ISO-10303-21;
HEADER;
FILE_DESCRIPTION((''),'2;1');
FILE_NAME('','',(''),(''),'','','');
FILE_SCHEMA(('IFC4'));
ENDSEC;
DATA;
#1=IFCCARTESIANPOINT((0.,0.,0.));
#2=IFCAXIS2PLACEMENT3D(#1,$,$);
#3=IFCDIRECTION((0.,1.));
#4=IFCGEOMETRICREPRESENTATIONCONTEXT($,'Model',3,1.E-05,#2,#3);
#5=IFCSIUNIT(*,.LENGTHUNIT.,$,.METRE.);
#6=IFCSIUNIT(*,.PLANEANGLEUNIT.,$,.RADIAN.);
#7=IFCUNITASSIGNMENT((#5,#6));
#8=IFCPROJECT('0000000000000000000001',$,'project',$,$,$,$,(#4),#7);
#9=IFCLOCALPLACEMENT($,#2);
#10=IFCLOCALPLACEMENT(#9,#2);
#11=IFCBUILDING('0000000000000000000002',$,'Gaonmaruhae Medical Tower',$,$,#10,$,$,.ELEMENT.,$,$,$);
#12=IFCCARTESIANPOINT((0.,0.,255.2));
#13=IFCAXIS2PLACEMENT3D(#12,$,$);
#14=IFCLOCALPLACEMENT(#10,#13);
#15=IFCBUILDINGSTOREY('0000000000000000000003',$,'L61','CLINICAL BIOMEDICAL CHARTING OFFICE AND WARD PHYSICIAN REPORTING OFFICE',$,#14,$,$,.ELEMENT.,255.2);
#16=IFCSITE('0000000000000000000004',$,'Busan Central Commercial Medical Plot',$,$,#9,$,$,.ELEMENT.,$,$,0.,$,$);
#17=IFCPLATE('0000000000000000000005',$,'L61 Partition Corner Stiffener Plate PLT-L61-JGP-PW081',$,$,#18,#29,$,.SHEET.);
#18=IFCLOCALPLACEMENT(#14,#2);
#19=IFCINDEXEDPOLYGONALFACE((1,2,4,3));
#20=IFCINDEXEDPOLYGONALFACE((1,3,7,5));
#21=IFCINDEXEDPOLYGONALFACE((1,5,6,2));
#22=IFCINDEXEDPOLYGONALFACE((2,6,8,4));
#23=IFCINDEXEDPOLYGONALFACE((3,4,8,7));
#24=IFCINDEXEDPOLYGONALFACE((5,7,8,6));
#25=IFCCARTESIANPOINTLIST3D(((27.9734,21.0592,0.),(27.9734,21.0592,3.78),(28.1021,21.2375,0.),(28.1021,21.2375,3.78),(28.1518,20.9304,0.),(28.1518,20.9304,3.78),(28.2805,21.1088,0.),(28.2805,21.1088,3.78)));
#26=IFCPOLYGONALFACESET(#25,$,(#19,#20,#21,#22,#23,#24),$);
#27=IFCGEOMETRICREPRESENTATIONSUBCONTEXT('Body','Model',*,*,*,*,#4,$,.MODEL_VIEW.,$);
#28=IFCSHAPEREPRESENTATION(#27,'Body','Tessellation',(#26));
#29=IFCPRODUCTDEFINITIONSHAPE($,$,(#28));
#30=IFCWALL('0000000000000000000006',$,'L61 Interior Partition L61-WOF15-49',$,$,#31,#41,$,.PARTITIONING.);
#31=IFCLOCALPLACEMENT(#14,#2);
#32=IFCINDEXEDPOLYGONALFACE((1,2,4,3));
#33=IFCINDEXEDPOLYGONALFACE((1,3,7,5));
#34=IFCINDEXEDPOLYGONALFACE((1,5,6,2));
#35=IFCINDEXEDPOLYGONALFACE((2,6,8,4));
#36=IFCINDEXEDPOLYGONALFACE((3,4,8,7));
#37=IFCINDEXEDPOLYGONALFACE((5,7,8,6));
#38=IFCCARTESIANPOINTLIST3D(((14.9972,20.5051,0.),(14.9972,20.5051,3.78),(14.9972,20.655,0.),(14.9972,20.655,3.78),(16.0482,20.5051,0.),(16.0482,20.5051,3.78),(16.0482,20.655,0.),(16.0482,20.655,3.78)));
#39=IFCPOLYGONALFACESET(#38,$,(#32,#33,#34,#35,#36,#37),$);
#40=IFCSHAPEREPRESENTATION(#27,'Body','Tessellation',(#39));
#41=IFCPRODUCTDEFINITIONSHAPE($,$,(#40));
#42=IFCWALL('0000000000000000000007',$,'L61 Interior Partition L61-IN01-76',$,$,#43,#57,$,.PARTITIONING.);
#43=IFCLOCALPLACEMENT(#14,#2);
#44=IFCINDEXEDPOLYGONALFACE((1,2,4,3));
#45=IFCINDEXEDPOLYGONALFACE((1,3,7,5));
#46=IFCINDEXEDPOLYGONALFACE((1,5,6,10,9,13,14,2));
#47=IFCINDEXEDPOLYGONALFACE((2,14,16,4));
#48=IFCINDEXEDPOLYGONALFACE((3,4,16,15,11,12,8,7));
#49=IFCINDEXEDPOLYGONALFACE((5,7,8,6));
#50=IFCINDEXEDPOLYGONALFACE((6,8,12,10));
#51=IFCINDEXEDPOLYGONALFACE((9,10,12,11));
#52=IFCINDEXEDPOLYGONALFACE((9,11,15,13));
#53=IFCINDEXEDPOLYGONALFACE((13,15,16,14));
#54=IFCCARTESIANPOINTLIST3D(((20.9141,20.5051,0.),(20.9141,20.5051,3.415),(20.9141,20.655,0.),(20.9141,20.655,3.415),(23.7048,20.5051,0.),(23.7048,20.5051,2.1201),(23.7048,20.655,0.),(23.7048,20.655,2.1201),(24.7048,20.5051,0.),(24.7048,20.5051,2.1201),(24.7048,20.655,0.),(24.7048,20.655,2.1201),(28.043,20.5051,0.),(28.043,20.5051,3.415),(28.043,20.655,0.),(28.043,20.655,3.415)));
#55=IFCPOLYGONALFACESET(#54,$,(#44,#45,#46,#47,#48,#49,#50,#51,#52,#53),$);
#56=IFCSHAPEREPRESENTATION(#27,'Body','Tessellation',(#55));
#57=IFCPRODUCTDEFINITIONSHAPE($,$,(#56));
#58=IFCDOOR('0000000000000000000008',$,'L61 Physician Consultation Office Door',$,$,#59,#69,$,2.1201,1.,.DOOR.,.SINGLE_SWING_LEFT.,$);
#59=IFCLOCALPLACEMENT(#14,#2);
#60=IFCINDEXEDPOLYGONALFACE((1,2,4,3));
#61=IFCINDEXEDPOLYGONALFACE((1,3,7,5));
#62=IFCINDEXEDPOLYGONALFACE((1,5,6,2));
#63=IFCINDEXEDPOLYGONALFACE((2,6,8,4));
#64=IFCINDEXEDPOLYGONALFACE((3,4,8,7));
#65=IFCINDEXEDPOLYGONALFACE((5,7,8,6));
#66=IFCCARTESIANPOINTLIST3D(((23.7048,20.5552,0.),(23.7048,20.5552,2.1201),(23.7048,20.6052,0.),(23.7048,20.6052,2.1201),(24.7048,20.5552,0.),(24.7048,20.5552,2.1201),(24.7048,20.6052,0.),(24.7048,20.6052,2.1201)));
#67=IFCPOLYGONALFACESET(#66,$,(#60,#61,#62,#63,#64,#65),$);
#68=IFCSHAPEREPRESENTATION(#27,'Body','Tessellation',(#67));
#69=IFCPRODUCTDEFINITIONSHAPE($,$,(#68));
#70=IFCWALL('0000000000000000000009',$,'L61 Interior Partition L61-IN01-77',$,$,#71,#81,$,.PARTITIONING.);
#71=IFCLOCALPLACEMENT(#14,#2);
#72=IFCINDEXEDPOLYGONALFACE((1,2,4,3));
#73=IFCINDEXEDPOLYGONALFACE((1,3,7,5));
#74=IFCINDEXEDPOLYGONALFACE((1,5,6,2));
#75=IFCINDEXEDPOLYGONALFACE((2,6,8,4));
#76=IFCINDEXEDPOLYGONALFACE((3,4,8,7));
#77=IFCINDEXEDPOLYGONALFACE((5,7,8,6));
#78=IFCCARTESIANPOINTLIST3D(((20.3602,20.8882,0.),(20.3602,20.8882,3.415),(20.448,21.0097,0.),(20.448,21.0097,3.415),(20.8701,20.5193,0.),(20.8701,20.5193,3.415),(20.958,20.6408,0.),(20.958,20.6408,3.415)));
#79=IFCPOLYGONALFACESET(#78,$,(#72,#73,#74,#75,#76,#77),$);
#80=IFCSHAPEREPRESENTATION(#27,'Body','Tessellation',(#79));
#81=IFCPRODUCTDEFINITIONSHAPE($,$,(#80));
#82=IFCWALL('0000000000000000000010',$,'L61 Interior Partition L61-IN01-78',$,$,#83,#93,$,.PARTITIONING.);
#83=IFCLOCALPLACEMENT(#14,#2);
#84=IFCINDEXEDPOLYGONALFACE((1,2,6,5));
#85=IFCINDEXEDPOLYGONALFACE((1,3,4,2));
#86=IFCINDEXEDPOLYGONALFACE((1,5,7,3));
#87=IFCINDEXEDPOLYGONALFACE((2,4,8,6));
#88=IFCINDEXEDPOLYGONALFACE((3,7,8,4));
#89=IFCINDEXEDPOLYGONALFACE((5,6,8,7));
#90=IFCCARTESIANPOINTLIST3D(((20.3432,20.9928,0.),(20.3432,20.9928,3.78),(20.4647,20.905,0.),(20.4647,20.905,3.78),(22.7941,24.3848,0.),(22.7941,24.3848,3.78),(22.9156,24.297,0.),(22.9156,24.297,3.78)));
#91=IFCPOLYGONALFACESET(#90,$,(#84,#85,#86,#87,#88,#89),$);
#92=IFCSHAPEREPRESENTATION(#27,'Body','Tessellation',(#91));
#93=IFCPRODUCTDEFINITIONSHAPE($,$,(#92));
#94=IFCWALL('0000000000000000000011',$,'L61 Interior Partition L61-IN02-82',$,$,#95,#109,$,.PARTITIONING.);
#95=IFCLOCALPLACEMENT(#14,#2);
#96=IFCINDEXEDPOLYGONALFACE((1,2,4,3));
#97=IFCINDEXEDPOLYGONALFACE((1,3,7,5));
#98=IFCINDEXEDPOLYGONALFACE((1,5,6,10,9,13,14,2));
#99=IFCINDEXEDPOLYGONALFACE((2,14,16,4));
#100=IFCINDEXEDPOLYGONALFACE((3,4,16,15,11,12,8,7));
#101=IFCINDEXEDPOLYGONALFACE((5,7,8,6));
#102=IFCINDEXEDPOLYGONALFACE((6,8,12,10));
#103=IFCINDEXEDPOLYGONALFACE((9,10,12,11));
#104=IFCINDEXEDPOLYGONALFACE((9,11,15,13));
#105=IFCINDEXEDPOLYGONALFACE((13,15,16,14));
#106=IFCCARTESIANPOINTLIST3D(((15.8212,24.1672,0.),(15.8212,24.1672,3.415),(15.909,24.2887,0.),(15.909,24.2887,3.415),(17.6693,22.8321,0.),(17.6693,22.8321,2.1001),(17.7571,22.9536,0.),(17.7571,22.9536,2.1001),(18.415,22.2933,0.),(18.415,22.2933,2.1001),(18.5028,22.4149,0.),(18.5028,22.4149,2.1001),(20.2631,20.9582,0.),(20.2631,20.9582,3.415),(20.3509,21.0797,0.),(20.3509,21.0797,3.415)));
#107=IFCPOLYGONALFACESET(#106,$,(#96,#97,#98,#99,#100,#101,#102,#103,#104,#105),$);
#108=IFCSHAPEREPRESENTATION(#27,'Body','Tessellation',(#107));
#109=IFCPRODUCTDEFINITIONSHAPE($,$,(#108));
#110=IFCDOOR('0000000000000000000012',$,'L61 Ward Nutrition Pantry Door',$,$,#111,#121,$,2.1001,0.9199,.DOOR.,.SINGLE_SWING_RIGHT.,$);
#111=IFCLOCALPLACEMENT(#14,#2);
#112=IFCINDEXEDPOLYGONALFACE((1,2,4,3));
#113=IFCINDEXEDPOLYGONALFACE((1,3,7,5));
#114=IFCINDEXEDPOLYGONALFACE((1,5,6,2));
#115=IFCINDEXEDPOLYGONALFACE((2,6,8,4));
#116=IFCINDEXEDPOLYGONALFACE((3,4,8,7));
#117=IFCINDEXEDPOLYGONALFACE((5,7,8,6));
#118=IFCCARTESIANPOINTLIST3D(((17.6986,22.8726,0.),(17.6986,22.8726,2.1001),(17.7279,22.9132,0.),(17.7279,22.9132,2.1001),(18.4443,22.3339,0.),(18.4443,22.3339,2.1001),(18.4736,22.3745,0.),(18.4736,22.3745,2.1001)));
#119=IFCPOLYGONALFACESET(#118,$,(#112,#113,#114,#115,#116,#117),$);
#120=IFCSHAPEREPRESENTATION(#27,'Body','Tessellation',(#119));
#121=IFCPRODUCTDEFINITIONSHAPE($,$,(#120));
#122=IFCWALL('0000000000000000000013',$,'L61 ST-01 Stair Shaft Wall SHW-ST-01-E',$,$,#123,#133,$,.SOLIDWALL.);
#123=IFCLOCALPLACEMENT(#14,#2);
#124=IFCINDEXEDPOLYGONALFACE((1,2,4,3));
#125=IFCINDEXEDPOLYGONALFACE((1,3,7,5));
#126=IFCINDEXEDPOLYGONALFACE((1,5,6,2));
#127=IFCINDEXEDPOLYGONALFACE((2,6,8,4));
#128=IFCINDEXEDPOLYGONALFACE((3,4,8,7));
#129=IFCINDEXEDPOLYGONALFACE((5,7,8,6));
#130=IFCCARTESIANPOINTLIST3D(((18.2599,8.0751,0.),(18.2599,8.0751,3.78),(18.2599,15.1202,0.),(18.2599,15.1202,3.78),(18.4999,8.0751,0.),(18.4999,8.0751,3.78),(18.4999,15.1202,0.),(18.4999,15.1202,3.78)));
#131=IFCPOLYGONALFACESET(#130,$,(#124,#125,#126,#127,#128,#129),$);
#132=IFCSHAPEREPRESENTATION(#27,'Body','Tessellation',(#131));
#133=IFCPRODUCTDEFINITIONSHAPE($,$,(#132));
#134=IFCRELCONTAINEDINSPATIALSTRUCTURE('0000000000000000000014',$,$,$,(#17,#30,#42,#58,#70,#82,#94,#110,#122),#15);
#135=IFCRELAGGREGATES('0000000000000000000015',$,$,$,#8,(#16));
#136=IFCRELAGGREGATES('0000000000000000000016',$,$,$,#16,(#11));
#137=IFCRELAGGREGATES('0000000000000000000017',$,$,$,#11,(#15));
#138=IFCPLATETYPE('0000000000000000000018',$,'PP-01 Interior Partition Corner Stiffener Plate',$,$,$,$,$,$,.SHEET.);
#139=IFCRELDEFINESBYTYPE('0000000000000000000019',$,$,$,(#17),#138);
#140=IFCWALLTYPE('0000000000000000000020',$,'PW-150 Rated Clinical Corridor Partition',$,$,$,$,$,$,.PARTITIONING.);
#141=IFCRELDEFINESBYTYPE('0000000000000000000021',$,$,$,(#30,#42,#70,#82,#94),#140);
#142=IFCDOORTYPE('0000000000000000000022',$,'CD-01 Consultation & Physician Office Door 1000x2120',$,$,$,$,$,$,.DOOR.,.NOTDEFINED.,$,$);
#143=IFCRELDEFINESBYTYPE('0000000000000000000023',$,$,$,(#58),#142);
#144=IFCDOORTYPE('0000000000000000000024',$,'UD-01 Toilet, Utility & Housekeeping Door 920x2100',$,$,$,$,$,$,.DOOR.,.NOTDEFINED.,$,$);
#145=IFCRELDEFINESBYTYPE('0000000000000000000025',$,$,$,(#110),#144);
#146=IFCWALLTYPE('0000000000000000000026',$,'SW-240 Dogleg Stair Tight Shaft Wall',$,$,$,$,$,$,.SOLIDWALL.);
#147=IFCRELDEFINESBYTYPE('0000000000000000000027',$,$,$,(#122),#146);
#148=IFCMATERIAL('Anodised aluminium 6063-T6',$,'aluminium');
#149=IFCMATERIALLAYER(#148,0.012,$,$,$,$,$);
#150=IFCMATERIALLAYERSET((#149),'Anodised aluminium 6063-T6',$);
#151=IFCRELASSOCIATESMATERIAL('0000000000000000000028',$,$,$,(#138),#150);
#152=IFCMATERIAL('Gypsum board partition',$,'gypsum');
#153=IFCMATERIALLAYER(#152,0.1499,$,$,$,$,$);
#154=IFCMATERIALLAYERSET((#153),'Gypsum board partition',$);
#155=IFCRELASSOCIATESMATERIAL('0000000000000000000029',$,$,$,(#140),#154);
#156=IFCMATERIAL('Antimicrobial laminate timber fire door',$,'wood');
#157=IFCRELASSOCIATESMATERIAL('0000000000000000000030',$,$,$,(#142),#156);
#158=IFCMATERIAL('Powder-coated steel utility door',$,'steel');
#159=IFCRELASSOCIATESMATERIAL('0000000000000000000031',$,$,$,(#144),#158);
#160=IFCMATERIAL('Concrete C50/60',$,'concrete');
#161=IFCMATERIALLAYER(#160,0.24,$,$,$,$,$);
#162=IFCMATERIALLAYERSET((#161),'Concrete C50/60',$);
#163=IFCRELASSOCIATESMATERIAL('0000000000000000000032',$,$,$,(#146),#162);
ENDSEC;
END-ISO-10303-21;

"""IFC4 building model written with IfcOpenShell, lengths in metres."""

from ifc_helpers import new_model, si_unit, direction, frame, frame_2d, origin, origin_2d, place, context, subcontext, project, spatial, rectangle, extrude, material, layer, layer_set, type_object, element, fill, save


model = new_model("IFC4")

# Units and contexts
model_context = context("Model", 3, precision=1e-05, world=origin(), true_north=direction((0.0, 1.0)))
body_context = subcontext(model_context, "Body", "Model", "MODEL_VIEW")
ifc_project = project(units=[si_unit("LENGTHUNIT", "METRE"), si_unit("PLANEANGLEUNIT", "RADIAN")], contexts=[model_context])

# Site, building, storey
site_placement = place(None, origin())
site = spatial("IfcSite", under=ifc_project, at=site_placement, Name="Busan Central Commercial Medical Plot", CompositionType="ELEMENT", RefElevation=0.0)
building_placement = place(site_placement, origin())
building = spatial("IfcBuilding", under=site, at=building_placement, Name="Gaonmaruhae Medical Tower", CompositionType="ELEMENT")
storey_placement = place(building_placement, frame((0.0, 0.0, 255.2)))
storey = spatial("IfcBuildingStorey", under=building, at=storey_placement, Name="L61", Description="CLINICAL BIOMEDICAL CHARTING OFFICE AND WARD PHYSICIAN REPORTING OFFICE", CompositionType="ELEMENT", Elevation=255.2)

# Shared definitions
ifc_material_1 = material(Name="Concrete C50/60", Category="concrete")

# Plate
ifc_material_2 = material(Name="Anodised aluminium 6063-T6", Category="aluminium")
ifc_layer_1 = layer(ifc_material_2, 0.012)
ifc_layer_set_1 = layer_set([ifc_layer_1], Name="Anodised aluminium 6063-T6")
plate_type = type_object("IfcPlateType", Name="PP-01 Interior Partition Corner Stiffener Plate", PredefinedType="SHEET", material=ifc_layer_set_1)
plate_1_placement = place(storey_placement, frame((28.127, 21.084, 0.0), z_axis=(0.0, 0.0, 1.0), x_axis=(-0.585156, -0.810921, 0.0)))
element("IfcPlate", 1, at=plate_1_placement, inside=storey, type_object=plate_type, Name="L61 Partition Corner Stiffener Plate PLT-L61-JGP-PW081", PredefinedType="SHEET", context=body_context, shape_type="SweptSolid", body=[
    extrude(rectangle(XDim=0.22, YDim=0.22, at=origin_2d()), origin(), (0.0, 0.0, 1.0), 3.78),
])

# Shared definitions
ifc_material_3 = material(Name="Gypsum board partition", Category="gypsum")
ifc_layer_2 = layer(ifc_material_3, 0.1499)
ifc_layer_set_2 = layer_set([ifc_layer_2], Name="Gypsum board partition")
wall_type_1 = type_object("IfcWallType", Name="PW-150 Rated Clinical Corridor Partition", PredefinedType="PARTITIONING", material=ifc_layer_set_2)
ifc_material_4 = material(Name="Antimicrobial laminate timber fire door", Category="wood")

# Wall
wall_1_placement = place(storey_placement, frame((16.0481, 20.5801, 0.0), z_axis=(0.0, 0.0, 1.0), x_axis=(-1.0, 0.0, 0.0)))
element("IfcWall", 2, at=wall_1_placement, inside=storey, type_object=wall_type_1, Name="L61 Interior Partition L61-WOF15-49", PredefinedType="PARTITIONING", context=body_context, shape_type="SweptSolid", body=[
    extrude(rectangle(XDim=1.051, YDim=0.1499, at=frame_2d((0.5254, 0.0))), origin(), (0.0, 0.0, 1.0), 3.78),
])

# Wall, opening, door
wall_2_placement = place(storey_placement, frame((28.043, 20.5801, 0.0), z_axis=(0.0, 0.0, 1.0), x_axis=(-1.0, 0.0, 0.0)))
wall_2 = element("IfcWall", 3, at=wall_2_placement, inside=storey, type_object=wall_type_1, Name="L61 Interior Partition L61-IN01-76", PredefinedType="PARTITIONING", context=body_context, shape_type="SweptSolid", body=[
    extrude(rectangle(XDim=7.1289, YDim=0.1499, at=frame_2d((3.5645, 0.0))), origin(), (0.0, 0.0, 1.0), 3.415),
])
opening_1_placement = place(wall_2_placement, frame((3.3381, 0.0, 0.0)))
opening_1 = element("IfcOpeningElement", 4, at=opening_1_placement, cuts=wall_2, PredefinedType="OPENING", context=body_context, shape_type="SweptSolid", body=[
    extrude(rectangle(XDim=1.0, YDim=2.1201, at=frame_2d((0.5, 1.0601))), frame((0.0, 0.085, 0.0), z_axis=(0.0, -1.0, 0.0), x_axis=(1.0, 0.0, 0.0)), (0.0, 0.0, 1.0), 0.1699),
])
door_type_1 = type_object("IfcDoorType", Name="CD-01 Consultation & Physician Office Door 1000x2120", OperationType="NOTDEFINED", PredefinedType="DOOR", material=ifc_material_4)
door_1_placement = place(opening_1_placement, origin())
door_1 = element("IfcDoor", 5, at=door_1_placement, inside=storey, type_object=door_type_1, Name="L61 Physician Consultation Office Door", OperationType="SINGLE_SWING_LEFT", OverallHeight=2.1201, OverallWidth=1.0, PredefinedType="DOOR", context=body_context, shape_type="SweptSolid", body=[
    extrude(rectangle(XDim=1.0, YDim=2.1201, at=frame_2d((0.5, 1.0601))), frame((0.0, 0.0249, 0.0), z_axis=(0.0, -1.0, 0.0), x_axis=(1.0, 0.0, 0.0)), (0.0, 0.0, 1.0), 0.05),
])
fill(opening_1, door_1)

# Walls
wall_3_placement = place(storey_placement, frame((20.9141, 20.5801, 0.0), z_axis=(0.0, 0.0, 1.0), x_axis=(-0.81026, 0.586071, 0.0)))
element("IfcWall", 6, at=wall_3_placement, inside=storey, type_object=wall_type_1, Name="L61 Interior Partition L61-IN01-77", PredefinedType="PARTITIONING", context=body_context, shape_type="SweptSolid", body=[
    extrude(rectangle(XDim=0.6294, YDim=0.1499, at=frame_2d((0.3147, 0.0))), origin(), (0.0, 0.0, 1.0), 3.415),
])
wall_4_placement = place(storey_placement, frame((20.4041, 20.949, 0.0), z_axis=(0.0, 0.0, 1.0), x_axis=(0.585661, 0.810556, 0.0)))
element("IfcWall", 7, at=wall_4_placement, inside=storey, type_object=wall_type_1, Name="L61 Interior Partition L61-IN01-78", PredefinedType="PARTITIONING", context=body_context, shape_type="SweptSolid", body=[
    extrude(rectangle(XDim=4.1848, YDim=0.1499, at=frame_2d((2.0923, 0.0))), origin(), (0.0, 0.0, 1.0), 3.78),
])

# Wall, opening, door
wall_5_placement = place(storey_placement, frame((20.3069, 21.019, 0.0), z_axis=(0.0, 0.0, 1.0), x_axis=(-0.810597, 0.585604, 0.0)))
wall_5 = element("IfcWall", 8, at=wall_5_placement, inside=storey, type_object=wall_type_1, Name="L61 Interior Partition L61-IN02-82", PredefinedType="PARTITIONING", context=body_context, shape_type="SweptSolid", body=[
    extrude(rectangle(XDim=5.4797, YDim=0.1499, at=frame_2d((2.7397, 0.0))), origin(), (0.0, 0.0, 1.0), 3.415),
])
opening_2_placement = place(wall_5_placement, frame((2.2798, 0.0, 0.0)))
opening_2 = element("IfcOpeningElement", 9, at=opening_2_placement, cuts=wall_5, PredefinedType="OPENING", context=body_context, shape_type="SweptSolid", body=[
    extrude(rectangle(XDim=0.9199, YDim=2.1001, at=frame_2d((0.46, 1.05))), frame((0.0, 0.085, 0.0), z_axis=(0.0, -1.0, 0.0), x_axis=(1.0, 0.0, 0.0)), (0.0, 0.0, 1.0), 0.1699),
])
ifc_material_5 = material(Name="Powder-coated steel utility door", Category="steel")
door_type_2 = type_object("IfcDoorType", Name="UD-01 Toilet, Utility & Housekeeping Door 920x2100", OperationType="NOTDEFINED", PredefinedType="DOOR", material=ifc_material_5)
door_2_placement = place(opening_2_placement, origin())
door_2 = element("IfcDoor", 10, at=door_2_placement, inside=storey, type_object=door_type_2, Name="L61 Ward Nutrition Pantry Door", OperationType="SINGLE_SWING_RIGHT", OverallHeight=2.1001, OverallWidth=0.9199, PredefinedType="DOOR", context=body_context, shape_type="SweptSolid", body=[
    extrude(rectangle(XDim=0.9199, YDim=2.1001, at=frame_2d((0.46, 1.05))), frame((0.0, 0.0249, 0.0), z_axis=(0.0, -1.0, 0.0), x_axis=(1.0, 0.0, 0.0)), (0.0, 0.0, 1.0), 0.05),
])
fill(opening_2, door_2)
ifc_layer_3 = layer(ifc_material_1, 0.24)
ifc_layer_set_3 = layer_set([ifc_layer_3], Name="Concrete C50/60")
wall_type_2 = type_object("IfcWallType", Name="SW-240 Dogleg Stair Tight Shaft Wall", PredefinedType="SOLIDWALL", material=ifc_layer_set_3)

# Wall
wall_6_placement = place(storey_placement, frame((18.3799, 15.1201, 0.0), z_axis=(0.0, 0.0, 1.0), x_axis=(0.0, -1.0, 0.0)))
element("IfcWall", 11, at=wall_6_placement, inside=storey, type_object=wall_type_2, Name="L61 ST-01 Stair Shaft Wall SHW-ST-01-E", PredefinedType="SOLIDWALL", context=body_context, shape_type="SweptSolid", body=[
    extrude(rectangle(XDim=7.0452, YDim=0.24, at=frame_2d((3.5225, 0.0))), origin(), (0.0, 0.0, 1.0), 3.78),
])

save(model, "model.ifc")
